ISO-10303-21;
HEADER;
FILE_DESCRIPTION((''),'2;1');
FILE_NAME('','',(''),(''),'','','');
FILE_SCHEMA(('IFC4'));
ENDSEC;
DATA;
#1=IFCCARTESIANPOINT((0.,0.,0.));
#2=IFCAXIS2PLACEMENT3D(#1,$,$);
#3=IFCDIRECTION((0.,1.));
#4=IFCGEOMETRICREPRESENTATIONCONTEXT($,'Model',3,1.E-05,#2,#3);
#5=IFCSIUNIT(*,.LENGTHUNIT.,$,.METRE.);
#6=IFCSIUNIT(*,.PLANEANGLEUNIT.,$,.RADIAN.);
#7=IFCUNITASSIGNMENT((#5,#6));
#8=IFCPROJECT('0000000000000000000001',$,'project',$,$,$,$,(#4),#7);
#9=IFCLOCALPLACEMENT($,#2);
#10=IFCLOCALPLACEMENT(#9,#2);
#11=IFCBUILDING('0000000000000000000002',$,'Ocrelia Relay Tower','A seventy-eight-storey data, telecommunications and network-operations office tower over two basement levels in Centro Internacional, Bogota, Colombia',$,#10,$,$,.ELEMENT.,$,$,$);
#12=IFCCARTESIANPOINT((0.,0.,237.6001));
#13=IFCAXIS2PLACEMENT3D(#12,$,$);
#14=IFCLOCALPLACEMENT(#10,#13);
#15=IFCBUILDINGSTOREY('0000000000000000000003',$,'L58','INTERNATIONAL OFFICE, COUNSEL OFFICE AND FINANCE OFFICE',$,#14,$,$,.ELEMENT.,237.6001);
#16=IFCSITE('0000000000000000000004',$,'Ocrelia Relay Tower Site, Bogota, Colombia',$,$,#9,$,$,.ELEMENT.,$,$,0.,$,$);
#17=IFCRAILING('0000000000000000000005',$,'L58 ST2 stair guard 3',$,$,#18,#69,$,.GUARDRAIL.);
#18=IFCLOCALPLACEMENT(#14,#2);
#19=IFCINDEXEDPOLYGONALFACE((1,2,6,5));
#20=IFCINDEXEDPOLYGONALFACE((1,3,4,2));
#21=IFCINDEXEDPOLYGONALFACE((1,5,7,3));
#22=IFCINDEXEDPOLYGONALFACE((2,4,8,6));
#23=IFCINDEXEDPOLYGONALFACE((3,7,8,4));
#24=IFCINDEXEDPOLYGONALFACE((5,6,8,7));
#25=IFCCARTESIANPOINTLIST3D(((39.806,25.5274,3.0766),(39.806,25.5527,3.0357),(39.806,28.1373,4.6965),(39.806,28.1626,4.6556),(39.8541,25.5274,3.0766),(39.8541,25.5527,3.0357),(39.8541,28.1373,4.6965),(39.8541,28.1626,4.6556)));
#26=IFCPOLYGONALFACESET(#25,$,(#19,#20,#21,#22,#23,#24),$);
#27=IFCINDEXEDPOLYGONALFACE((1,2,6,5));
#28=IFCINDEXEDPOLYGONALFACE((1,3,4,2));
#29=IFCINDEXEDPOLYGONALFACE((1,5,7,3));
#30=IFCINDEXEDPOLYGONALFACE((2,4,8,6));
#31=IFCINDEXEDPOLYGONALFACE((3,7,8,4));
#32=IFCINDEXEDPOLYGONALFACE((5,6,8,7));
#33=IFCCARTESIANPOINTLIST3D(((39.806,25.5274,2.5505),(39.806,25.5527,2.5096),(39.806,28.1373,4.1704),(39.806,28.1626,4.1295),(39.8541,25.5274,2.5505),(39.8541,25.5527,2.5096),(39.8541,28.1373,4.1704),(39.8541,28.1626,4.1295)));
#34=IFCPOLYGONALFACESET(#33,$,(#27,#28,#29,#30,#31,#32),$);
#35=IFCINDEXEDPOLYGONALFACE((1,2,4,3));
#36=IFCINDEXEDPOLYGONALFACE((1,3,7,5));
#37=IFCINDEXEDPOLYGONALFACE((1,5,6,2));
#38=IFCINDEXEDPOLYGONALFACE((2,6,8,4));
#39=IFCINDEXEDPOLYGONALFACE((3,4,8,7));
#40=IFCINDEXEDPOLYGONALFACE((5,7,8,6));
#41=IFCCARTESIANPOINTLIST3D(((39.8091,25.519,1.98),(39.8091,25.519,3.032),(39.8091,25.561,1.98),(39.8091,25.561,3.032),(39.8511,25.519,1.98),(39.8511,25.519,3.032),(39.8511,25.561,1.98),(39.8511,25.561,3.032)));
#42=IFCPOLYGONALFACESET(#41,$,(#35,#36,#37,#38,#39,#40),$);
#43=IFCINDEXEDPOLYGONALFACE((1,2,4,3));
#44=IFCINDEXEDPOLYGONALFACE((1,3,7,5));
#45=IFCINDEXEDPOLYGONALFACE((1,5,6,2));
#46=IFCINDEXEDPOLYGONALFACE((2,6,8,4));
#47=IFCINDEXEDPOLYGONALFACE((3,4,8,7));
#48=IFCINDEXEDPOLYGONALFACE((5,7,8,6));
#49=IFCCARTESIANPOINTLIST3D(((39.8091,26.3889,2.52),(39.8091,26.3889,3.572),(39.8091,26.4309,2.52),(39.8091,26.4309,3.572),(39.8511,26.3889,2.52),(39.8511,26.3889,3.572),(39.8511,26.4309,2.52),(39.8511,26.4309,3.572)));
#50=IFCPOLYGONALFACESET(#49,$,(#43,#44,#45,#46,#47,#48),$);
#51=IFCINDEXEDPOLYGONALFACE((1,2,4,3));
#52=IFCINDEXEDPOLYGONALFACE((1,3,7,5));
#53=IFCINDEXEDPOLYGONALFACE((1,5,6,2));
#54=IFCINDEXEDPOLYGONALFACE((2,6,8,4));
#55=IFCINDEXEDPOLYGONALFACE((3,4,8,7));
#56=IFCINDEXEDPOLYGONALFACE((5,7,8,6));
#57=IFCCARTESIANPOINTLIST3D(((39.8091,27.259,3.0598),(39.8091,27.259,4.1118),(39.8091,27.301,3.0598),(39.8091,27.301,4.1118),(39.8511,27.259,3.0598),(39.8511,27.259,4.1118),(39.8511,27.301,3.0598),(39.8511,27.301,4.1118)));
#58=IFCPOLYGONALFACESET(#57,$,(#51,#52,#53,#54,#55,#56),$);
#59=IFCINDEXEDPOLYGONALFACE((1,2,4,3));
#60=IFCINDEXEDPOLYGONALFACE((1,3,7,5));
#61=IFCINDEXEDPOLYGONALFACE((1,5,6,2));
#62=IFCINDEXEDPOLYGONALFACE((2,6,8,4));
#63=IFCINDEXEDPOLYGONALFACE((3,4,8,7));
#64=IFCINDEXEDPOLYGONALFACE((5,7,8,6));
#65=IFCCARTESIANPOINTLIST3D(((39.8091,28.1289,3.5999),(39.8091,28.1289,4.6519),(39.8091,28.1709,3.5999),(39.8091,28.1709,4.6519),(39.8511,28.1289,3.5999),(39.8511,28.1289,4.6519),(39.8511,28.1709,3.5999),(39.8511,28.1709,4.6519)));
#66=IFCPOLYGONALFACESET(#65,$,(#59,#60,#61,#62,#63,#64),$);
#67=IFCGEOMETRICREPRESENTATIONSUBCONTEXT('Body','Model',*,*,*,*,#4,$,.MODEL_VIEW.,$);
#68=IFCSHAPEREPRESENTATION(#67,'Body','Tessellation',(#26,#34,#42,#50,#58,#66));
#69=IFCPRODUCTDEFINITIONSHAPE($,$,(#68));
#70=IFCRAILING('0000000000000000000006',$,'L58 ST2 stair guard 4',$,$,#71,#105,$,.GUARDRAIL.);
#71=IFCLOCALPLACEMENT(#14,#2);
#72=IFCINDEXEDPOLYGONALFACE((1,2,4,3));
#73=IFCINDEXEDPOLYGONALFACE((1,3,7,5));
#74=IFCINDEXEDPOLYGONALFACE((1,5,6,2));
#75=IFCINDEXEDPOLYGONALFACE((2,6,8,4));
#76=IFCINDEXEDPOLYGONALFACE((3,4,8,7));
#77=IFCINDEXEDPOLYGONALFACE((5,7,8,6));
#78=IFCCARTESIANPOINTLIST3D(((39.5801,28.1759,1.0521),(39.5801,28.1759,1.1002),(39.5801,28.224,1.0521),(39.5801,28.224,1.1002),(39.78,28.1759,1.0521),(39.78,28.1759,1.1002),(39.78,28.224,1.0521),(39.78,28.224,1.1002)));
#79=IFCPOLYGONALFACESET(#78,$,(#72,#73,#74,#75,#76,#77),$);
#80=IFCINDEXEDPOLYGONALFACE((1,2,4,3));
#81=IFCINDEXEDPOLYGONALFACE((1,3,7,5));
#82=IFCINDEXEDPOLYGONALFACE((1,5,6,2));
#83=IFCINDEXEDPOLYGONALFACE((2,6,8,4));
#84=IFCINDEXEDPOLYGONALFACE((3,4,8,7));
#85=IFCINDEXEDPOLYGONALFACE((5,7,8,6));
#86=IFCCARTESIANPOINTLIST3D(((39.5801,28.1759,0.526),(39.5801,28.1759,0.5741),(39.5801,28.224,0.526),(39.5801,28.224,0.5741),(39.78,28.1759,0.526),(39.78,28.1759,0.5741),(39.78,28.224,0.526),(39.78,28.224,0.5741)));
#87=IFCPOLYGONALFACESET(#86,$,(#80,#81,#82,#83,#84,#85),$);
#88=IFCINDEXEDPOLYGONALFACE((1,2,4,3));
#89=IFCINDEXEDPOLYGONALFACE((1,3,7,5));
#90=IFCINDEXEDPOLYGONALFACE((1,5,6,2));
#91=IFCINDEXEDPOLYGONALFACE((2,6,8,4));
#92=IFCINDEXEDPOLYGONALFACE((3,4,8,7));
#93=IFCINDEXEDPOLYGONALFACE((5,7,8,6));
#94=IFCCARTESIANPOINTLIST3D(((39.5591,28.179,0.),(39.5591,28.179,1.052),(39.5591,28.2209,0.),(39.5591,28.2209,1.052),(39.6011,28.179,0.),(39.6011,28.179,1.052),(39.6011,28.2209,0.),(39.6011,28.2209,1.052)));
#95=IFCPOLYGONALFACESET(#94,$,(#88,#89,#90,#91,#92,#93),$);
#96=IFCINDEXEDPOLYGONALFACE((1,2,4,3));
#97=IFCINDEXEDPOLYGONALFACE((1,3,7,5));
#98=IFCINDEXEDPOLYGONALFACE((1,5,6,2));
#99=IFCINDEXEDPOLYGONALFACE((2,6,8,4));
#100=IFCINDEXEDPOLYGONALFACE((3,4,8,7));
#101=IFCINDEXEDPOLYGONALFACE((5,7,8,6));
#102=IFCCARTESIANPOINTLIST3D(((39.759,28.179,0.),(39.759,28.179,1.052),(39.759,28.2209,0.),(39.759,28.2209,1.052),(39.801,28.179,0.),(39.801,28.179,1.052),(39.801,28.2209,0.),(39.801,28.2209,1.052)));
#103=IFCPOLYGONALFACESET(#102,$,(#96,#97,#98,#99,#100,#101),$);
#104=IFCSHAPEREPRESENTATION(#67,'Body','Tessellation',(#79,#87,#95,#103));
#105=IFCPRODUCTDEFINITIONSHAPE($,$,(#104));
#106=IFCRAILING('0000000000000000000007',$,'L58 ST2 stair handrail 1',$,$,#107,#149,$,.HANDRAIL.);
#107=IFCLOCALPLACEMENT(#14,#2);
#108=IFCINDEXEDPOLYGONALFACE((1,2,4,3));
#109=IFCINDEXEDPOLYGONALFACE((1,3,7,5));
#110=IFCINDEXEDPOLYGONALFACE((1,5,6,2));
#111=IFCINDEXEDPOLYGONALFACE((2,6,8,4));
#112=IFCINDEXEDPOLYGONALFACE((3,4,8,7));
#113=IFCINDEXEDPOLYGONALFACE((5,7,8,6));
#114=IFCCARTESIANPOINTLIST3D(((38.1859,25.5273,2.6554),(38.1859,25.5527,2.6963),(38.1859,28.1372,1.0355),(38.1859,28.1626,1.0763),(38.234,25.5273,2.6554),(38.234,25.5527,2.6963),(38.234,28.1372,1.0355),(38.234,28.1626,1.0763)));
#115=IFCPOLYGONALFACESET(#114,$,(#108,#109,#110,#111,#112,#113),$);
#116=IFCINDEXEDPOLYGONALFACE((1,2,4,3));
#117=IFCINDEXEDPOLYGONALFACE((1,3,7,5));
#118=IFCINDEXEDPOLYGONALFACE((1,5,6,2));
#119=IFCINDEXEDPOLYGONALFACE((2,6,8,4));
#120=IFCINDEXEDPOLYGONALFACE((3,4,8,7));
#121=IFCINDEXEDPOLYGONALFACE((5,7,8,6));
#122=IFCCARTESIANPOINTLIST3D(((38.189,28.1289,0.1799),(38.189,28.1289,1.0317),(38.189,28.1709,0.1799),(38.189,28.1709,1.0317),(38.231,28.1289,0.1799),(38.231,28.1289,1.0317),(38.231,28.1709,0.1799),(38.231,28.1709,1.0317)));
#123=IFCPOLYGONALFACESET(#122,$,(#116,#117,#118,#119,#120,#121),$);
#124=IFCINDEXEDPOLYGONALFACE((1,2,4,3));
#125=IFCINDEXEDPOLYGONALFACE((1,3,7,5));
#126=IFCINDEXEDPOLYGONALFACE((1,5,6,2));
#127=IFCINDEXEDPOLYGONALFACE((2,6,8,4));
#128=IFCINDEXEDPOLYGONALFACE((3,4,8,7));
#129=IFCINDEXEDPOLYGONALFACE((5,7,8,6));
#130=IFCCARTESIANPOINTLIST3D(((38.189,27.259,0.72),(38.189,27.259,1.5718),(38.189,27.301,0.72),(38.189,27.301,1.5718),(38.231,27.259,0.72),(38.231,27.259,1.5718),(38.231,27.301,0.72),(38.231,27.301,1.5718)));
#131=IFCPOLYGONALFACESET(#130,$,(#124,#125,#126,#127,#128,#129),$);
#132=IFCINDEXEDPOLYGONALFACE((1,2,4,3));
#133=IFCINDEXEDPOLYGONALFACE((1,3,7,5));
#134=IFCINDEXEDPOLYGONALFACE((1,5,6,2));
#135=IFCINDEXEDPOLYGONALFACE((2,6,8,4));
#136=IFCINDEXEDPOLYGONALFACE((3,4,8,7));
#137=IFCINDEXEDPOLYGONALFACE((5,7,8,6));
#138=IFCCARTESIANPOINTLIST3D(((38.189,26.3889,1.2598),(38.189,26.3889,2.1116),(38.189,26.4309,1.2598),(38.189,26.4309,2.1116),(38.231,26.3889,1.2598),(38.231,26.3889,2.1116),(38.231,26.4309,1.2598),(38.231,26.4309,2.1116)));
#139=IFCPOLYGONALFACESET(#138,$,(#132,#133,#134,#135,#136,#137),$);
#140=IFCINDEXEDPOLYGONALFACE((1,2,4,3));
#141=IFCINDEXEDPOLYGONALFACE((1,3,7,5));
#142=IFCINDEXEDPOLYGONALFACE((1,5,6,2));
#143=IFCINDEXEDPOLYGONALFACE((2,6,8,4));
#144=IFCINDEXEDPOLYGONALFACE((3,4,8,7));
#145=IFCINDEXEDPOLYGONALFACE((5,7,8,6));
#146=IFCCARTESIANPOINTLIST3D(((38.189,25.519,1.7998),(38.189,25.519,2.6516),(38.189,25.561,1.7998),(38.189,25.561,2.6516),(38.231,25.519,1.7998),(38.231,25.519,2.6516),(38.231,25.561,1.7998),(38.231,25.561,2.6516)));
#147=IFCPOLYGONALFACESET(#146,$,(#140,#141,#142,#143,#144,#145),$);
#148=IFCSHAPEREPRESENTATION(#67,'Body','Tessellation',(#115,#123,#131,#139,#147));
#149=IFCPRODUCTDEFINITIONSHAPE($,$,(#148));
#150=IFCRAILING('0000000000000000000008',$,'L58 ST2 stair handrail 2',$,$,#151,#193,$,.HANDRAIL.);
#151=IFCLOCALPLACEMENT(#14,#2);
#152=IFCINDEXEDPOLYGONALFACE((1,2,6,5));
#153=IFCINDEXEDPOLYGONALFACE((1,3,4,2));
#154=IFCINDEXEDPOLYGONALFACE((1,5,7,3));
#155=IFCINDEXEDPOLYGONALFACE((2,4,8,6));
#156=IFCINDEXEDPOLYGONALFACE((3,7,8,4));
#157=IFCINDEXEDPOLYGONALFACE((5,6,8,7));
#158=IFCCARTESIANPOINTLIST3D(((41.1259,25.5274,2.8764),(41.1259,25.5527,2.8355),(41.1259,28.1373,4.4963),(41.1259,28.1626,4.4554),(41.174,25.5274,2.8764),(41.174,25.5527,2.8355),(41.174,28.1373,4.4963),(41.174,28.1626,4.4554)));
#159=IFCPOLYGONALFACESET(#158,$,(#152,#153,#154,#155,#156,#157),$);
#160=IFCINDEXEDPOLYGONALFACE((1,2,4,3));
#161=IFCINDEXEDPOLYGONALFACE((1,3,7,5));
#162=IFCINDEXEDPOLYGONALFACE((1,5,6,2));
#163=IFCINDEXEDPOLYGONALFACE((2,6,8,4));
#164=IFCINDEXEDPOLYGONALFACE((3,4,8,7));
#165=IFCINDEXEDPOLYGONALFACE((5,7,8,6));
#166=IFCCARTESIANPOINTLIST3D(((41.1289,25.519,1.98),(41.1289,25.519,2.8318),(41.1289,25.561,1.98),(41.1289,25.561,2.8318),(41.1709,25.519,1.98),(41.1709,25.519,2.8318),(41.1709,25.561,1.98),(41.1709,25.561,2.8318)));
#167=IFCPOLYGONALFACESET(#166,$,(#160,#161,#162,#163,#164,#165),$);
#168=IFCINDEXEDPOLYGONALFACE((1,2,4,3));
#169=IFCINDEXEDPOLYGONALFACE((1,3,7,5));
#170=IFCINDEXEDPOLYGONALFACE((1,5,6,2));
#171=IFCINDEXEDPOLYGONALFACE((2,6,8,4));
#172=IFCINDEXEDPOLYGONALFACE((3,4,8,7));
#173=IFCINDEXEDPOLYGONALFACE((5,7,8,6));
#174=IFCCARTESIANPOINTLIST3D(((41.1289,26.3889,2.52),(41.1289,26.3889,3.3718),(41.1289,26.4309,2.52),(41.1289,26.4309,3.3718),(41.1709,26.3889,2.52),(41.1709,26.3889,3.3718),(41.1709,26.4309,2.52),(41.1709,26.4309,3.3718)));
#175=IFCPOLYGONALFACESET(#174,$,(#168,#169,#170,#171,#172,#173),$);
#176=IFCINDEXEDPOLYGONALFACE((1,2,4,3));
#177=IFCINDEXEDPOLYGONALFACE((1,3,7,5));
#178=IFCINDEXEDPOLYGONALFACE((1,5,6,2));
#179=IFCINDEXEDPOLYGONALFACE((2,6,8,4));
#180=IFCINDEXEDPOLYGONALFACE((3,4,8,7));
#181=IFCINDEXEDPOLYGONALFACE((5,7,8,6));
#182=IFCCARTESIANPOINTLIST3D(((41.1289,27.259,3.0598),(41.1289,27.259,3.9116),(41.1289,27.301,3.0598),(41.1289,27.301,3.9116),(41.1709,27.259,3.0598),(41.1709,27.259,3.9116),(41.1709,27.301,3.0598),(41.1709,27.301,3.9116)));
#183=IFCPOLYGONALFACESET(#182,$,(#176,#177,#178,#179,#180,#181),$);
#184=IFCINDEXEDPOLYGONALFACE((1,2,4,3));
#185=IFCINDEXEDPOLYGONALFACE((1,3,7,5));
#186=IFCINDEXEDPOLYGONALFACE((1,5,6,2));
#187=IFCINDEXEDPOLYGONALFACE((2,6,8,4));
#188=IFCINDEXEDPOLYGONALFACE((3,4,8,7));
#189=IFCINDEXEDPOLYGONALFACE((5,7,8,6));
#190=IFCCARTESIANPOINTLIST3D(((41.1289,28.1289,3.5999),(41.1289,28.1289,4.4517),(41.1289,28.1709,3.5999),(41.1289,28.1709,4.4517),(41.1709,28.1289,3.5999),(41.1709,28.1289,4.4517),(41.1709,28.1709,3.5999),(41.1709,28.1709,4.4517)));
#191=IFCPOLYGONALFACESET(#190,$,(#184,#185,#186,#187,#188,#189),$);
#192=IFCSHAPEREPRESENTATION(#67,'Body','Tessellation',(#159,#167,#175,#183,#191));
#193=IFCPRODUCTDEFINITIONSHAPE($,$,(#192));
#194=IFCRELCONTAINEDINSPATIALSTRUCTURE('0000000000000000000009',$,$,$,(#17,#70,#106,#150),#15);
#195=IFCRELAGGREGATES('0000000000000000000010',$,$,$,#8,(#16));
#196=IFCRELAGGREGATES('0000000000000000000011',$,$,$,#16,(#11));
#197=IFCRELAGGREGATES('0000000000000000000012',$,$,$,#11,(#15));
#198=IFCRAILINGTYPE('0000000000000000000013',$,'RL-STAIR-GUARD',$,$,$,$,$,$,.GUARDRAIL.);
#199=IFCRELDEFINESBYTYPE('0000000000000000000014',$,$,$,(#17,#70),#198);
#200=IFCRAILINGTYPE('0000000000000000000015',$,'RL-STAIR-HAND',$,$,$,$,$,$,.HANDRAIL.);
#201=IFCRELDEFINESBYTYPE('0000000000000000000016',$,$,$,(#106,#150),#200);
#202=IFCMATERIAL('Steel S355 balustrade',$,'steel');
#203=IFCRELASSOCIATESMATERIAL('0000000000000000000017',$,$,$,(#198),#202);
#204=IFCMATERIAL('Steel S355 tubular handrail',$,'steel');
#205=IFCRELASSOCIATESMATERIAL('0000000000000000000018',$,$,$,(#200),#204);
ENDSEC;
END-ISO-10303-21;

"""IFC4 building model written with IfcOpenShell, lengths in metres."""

from ifc_helpers import new_model, si_unit, direction, frame, origin, origin_2d, place, context, subcontext, project, spatial, rectangle, extrude, material, type_object, element, save


model = new_model("IFC4")

# Units and contexts
model_context = context("Model", 3, precision=1e-05, world=origin(), true_north=direction((0.0, 1.0)))
body_context = subcontext(model_context, "Body", "Model", "MODEL_VIEW")
ifc_project = project(units=[si_unit("LENGTHUNIT", "METRE"), si_unit("PLANEANGLEUNIT", "RADIAN")], contexts=[model_context])

# Site, building, storey
site_placement = place(None, origin())
site = spatial("IfcSite", under=ifc_project, at=site_placement, Name="Ocrelia Relay Tower Site, Bogota, Colombia", CompositionType="ELEMENT", RefElevation=0.0)
building_placement = place(site_placement, origin())
building = spatial("IfcBuilding", under=site, at=building_placement, Name="Ocrelia Relay Tower", Description="A seventy-eight-storey data, telecommunications and network-operations office tower over two basement levels in Centro Internacional, Bogota, Colombia", CompositionType="ELEMENT")
storey_placement = place(building_placement, frame((0.0, 0.0, 237.6001)))
storey = spatial("IfcBuildingStorey", under=building, at=storey_placement, Name="L58", Description="INTERNATIONAL OFFICE, COUNSEL OFFICE AND FINANCE OFFICE", CompositionType="ELEMENT", Elevation=237.6001)

# Railings
ifc_material_1 = material(Name="Steel S355 balustrade", Category="steel")
railing_type_1 = type_object("IfcRailingType", Name="RL-STAIR-GUARD", PredefinedType="GUARDRAIL", material=ifc_material_1)
railing_1_placement = place(storey_placement, frame((39.8301, 25.54, 1.98)))
element("IfcRailing", 1, at=railing_1_placement, inside=storey, type_object=railing_type_1, Name="L58 ST2 stair guard 3", PredefinedType="GUARDRAIL", context=body_context, shape_type="SweptSolid", body=[
    extrude(rectangle(XDim=0.0481, YDim=0.0481, at=origin_2d()), frame((0.0, 0.0, 1.0762), z_axis=(0.0, 0.849646, 0.527353), x_axis=(-1.0, 0.0, 0.0)), (0.0, 0.0, 1.0), 3.0718),
    extrude(rectangle(XDim=0.0481, YDim=0.0481, at=origin_2d()), frame((0.0, 0.0, 0.55), z_axis=(0.0, 0.849646, 0.527353), x_axis=(-1.0, 0.0, 0.0)), (0.0, 0.0, 1.0), 3.0718),
    extrude(rectangle(XDim=0.042, YDim=0.042, at=origin_2d()), origin(), (0.0, 0.0, 1.0), 1.052),
    extrude(rectangle(XDim=0.042, YDim=0.042, at=origin_2d()), frame((0.0, 0.8699, 0.54)), (0.0, 0.0, 1.0), 1.052),
    extrude(rectangle(XDim=0.042, YDim=0.042, at=origin_2d()), frame((0.0, 1.74, 1.0798)), (0.0, 0.0, 1.0), 1.052),
    extrude(rectangle(XDim=0.042, YDim=0.042, at=origin_2d()), frame((0.0, 2.6099, 1.6199)), (0.0, 0.0, 1.0), 1.052),
])
railing_2_placement = place(storey_placement, frame((39.5801, 28.2, 0.0)))
element("IfcRailing", 2, at=railing_2_placement, inside=storey, type_object=railing_type_1, Name="L58 ST2 stair guard 4", PredefinedType="GUARDRAIL", context=body_context, shape_type="SweptSolid", body=[
    extrude(rectangle(XDim=0.0481, YDim=0.0481, at=origin_2d()), frame((0.0, 0.0, 1.0762), z_axis=(1.0, 0.0, 0.0), x_axis=(0.0, 1.0, 0.0)), (0.0, 0.0, 1.0), 0.2),
    extrude(rectangle(XDim=0.0481, YDim=0.0481, at=origin_2d()), frame((0.0, 0.0, 0.55), z_axis=(1.0, 0.0, 0.0), x_axis=(0.0, 1.0, 0.0)), (0.0, 0.0, 1.0), 0.2),
    extrude(rectangle(XDim=0.042, YDim=0.042, at=origin_2d()), origin(), (0.0, 0.0, 1.0), 1.052),
    extrude(rectangle(XDim=0.042, YDim=0.042, at=origin_2d()), frame((0.2, 0.0, 0.0)), (0.0, 0.0, 1.0), 1.052),
])
ifc_material_2 = material(Name="Steel S355 tubular handrail", Category="steel")
railing_type_2 = type_object("IfcRailingType", Name="RL-STAIR-HAND", PredefinedType="HANDRAIL", material=ifc_material_2)
railing_3_placement = place(storey_placement, frame((38.21, 28.1499, 0.1799)))
element("IfcRailing", 3, at=railing_3_placement, inside=storey, type_object=railing_type_2, Name="L58 ST2 stair handrail 1", PredefinedType="HANDRAIL", context=body_context, shape_type="SweptSolid", body=[
    extrude(rectangle(XDim=0.0481, YDim=0.0481, at=origin_2d()), frame((0.0, 0.0, 0.876), z_axis=(0.0, -0.849646, 0.527353), x_axis=(1.0, 0.0, 0.0)), (0.0, 0.0, 1.0), 3.0718),
    extrude(rectangle(XDim=0.042, YDim=0.042, at=origin_2d()), origin(), (0.0, 0.0, 1.0), 0.8518),
    extrude(rectangle(XDim=0.042, YDim=0.042, at=origin_2d()), frame((0.0, -0.8699, 0.54)), (0.0, 0.0, 1.0), 0.8518),
    extrude(rectangle(XDim=0.042, YDim=0.042, at=origin_2d()), frame((0.0, -1.74, 1.0798)), (0.0, 0.0, 1.0), 0.8518),
    extrude(rectangle(XDim=0.042, YDim=0.042, at=origin_2d()), frame((0.0, -2.6099, 1.6199)), (0.0, 0.0, 1.0), 0.8518),
])
railing_4_placement = place(storey_placement, frame((41.1499, 25.54, 1.98)))
element("IfcRailing", 4, at=railing_4_placement, inside=storey, type_object=railing_type_2, Name="L58 ST2 stair handrail 2", PredefinedType="HANDRAIL", context=body_context, shape_type="SweptSolid", body=[
    extrude(rectangle(XDim=0.0481, YDim=0.0481, at=origin_2d()), frame((0.0, 0.0, 0.876), z_axis=(0.0, 0.849646, 0.527353), x_axis=(-1.0, 0.0, 0.0)), (0.0, 0.0, 1.0), 3.0718),
    extrude(rectangle(XDim=0.042, YDim=0.042, at=origin_2d()), origin(), (0.0, 0.0, 1.0), 0.8518),
    extrude(rectangle(XDim=0.042, YDim=0.042, at=origin_2d()), frame((0.0, 0.8699, 0.54)), (0.0, 0.0, 1.0), 0.8518),
    extrude(rectangle(XDim=0.042, YDim=0.042, at=origin_2d()), frame((0.0, 1.74, 1.0798)), (0.0, 0.0, 1.0), 0.8518),
    extrude(rectangle(XDim=0.042, YDim=0.042, at=origin_2d()), frame((0.0, 2.6099, 1.6199)), (0.0, 0.0, 1.0), 0.8518),
])

save(model, "model.ifc")
